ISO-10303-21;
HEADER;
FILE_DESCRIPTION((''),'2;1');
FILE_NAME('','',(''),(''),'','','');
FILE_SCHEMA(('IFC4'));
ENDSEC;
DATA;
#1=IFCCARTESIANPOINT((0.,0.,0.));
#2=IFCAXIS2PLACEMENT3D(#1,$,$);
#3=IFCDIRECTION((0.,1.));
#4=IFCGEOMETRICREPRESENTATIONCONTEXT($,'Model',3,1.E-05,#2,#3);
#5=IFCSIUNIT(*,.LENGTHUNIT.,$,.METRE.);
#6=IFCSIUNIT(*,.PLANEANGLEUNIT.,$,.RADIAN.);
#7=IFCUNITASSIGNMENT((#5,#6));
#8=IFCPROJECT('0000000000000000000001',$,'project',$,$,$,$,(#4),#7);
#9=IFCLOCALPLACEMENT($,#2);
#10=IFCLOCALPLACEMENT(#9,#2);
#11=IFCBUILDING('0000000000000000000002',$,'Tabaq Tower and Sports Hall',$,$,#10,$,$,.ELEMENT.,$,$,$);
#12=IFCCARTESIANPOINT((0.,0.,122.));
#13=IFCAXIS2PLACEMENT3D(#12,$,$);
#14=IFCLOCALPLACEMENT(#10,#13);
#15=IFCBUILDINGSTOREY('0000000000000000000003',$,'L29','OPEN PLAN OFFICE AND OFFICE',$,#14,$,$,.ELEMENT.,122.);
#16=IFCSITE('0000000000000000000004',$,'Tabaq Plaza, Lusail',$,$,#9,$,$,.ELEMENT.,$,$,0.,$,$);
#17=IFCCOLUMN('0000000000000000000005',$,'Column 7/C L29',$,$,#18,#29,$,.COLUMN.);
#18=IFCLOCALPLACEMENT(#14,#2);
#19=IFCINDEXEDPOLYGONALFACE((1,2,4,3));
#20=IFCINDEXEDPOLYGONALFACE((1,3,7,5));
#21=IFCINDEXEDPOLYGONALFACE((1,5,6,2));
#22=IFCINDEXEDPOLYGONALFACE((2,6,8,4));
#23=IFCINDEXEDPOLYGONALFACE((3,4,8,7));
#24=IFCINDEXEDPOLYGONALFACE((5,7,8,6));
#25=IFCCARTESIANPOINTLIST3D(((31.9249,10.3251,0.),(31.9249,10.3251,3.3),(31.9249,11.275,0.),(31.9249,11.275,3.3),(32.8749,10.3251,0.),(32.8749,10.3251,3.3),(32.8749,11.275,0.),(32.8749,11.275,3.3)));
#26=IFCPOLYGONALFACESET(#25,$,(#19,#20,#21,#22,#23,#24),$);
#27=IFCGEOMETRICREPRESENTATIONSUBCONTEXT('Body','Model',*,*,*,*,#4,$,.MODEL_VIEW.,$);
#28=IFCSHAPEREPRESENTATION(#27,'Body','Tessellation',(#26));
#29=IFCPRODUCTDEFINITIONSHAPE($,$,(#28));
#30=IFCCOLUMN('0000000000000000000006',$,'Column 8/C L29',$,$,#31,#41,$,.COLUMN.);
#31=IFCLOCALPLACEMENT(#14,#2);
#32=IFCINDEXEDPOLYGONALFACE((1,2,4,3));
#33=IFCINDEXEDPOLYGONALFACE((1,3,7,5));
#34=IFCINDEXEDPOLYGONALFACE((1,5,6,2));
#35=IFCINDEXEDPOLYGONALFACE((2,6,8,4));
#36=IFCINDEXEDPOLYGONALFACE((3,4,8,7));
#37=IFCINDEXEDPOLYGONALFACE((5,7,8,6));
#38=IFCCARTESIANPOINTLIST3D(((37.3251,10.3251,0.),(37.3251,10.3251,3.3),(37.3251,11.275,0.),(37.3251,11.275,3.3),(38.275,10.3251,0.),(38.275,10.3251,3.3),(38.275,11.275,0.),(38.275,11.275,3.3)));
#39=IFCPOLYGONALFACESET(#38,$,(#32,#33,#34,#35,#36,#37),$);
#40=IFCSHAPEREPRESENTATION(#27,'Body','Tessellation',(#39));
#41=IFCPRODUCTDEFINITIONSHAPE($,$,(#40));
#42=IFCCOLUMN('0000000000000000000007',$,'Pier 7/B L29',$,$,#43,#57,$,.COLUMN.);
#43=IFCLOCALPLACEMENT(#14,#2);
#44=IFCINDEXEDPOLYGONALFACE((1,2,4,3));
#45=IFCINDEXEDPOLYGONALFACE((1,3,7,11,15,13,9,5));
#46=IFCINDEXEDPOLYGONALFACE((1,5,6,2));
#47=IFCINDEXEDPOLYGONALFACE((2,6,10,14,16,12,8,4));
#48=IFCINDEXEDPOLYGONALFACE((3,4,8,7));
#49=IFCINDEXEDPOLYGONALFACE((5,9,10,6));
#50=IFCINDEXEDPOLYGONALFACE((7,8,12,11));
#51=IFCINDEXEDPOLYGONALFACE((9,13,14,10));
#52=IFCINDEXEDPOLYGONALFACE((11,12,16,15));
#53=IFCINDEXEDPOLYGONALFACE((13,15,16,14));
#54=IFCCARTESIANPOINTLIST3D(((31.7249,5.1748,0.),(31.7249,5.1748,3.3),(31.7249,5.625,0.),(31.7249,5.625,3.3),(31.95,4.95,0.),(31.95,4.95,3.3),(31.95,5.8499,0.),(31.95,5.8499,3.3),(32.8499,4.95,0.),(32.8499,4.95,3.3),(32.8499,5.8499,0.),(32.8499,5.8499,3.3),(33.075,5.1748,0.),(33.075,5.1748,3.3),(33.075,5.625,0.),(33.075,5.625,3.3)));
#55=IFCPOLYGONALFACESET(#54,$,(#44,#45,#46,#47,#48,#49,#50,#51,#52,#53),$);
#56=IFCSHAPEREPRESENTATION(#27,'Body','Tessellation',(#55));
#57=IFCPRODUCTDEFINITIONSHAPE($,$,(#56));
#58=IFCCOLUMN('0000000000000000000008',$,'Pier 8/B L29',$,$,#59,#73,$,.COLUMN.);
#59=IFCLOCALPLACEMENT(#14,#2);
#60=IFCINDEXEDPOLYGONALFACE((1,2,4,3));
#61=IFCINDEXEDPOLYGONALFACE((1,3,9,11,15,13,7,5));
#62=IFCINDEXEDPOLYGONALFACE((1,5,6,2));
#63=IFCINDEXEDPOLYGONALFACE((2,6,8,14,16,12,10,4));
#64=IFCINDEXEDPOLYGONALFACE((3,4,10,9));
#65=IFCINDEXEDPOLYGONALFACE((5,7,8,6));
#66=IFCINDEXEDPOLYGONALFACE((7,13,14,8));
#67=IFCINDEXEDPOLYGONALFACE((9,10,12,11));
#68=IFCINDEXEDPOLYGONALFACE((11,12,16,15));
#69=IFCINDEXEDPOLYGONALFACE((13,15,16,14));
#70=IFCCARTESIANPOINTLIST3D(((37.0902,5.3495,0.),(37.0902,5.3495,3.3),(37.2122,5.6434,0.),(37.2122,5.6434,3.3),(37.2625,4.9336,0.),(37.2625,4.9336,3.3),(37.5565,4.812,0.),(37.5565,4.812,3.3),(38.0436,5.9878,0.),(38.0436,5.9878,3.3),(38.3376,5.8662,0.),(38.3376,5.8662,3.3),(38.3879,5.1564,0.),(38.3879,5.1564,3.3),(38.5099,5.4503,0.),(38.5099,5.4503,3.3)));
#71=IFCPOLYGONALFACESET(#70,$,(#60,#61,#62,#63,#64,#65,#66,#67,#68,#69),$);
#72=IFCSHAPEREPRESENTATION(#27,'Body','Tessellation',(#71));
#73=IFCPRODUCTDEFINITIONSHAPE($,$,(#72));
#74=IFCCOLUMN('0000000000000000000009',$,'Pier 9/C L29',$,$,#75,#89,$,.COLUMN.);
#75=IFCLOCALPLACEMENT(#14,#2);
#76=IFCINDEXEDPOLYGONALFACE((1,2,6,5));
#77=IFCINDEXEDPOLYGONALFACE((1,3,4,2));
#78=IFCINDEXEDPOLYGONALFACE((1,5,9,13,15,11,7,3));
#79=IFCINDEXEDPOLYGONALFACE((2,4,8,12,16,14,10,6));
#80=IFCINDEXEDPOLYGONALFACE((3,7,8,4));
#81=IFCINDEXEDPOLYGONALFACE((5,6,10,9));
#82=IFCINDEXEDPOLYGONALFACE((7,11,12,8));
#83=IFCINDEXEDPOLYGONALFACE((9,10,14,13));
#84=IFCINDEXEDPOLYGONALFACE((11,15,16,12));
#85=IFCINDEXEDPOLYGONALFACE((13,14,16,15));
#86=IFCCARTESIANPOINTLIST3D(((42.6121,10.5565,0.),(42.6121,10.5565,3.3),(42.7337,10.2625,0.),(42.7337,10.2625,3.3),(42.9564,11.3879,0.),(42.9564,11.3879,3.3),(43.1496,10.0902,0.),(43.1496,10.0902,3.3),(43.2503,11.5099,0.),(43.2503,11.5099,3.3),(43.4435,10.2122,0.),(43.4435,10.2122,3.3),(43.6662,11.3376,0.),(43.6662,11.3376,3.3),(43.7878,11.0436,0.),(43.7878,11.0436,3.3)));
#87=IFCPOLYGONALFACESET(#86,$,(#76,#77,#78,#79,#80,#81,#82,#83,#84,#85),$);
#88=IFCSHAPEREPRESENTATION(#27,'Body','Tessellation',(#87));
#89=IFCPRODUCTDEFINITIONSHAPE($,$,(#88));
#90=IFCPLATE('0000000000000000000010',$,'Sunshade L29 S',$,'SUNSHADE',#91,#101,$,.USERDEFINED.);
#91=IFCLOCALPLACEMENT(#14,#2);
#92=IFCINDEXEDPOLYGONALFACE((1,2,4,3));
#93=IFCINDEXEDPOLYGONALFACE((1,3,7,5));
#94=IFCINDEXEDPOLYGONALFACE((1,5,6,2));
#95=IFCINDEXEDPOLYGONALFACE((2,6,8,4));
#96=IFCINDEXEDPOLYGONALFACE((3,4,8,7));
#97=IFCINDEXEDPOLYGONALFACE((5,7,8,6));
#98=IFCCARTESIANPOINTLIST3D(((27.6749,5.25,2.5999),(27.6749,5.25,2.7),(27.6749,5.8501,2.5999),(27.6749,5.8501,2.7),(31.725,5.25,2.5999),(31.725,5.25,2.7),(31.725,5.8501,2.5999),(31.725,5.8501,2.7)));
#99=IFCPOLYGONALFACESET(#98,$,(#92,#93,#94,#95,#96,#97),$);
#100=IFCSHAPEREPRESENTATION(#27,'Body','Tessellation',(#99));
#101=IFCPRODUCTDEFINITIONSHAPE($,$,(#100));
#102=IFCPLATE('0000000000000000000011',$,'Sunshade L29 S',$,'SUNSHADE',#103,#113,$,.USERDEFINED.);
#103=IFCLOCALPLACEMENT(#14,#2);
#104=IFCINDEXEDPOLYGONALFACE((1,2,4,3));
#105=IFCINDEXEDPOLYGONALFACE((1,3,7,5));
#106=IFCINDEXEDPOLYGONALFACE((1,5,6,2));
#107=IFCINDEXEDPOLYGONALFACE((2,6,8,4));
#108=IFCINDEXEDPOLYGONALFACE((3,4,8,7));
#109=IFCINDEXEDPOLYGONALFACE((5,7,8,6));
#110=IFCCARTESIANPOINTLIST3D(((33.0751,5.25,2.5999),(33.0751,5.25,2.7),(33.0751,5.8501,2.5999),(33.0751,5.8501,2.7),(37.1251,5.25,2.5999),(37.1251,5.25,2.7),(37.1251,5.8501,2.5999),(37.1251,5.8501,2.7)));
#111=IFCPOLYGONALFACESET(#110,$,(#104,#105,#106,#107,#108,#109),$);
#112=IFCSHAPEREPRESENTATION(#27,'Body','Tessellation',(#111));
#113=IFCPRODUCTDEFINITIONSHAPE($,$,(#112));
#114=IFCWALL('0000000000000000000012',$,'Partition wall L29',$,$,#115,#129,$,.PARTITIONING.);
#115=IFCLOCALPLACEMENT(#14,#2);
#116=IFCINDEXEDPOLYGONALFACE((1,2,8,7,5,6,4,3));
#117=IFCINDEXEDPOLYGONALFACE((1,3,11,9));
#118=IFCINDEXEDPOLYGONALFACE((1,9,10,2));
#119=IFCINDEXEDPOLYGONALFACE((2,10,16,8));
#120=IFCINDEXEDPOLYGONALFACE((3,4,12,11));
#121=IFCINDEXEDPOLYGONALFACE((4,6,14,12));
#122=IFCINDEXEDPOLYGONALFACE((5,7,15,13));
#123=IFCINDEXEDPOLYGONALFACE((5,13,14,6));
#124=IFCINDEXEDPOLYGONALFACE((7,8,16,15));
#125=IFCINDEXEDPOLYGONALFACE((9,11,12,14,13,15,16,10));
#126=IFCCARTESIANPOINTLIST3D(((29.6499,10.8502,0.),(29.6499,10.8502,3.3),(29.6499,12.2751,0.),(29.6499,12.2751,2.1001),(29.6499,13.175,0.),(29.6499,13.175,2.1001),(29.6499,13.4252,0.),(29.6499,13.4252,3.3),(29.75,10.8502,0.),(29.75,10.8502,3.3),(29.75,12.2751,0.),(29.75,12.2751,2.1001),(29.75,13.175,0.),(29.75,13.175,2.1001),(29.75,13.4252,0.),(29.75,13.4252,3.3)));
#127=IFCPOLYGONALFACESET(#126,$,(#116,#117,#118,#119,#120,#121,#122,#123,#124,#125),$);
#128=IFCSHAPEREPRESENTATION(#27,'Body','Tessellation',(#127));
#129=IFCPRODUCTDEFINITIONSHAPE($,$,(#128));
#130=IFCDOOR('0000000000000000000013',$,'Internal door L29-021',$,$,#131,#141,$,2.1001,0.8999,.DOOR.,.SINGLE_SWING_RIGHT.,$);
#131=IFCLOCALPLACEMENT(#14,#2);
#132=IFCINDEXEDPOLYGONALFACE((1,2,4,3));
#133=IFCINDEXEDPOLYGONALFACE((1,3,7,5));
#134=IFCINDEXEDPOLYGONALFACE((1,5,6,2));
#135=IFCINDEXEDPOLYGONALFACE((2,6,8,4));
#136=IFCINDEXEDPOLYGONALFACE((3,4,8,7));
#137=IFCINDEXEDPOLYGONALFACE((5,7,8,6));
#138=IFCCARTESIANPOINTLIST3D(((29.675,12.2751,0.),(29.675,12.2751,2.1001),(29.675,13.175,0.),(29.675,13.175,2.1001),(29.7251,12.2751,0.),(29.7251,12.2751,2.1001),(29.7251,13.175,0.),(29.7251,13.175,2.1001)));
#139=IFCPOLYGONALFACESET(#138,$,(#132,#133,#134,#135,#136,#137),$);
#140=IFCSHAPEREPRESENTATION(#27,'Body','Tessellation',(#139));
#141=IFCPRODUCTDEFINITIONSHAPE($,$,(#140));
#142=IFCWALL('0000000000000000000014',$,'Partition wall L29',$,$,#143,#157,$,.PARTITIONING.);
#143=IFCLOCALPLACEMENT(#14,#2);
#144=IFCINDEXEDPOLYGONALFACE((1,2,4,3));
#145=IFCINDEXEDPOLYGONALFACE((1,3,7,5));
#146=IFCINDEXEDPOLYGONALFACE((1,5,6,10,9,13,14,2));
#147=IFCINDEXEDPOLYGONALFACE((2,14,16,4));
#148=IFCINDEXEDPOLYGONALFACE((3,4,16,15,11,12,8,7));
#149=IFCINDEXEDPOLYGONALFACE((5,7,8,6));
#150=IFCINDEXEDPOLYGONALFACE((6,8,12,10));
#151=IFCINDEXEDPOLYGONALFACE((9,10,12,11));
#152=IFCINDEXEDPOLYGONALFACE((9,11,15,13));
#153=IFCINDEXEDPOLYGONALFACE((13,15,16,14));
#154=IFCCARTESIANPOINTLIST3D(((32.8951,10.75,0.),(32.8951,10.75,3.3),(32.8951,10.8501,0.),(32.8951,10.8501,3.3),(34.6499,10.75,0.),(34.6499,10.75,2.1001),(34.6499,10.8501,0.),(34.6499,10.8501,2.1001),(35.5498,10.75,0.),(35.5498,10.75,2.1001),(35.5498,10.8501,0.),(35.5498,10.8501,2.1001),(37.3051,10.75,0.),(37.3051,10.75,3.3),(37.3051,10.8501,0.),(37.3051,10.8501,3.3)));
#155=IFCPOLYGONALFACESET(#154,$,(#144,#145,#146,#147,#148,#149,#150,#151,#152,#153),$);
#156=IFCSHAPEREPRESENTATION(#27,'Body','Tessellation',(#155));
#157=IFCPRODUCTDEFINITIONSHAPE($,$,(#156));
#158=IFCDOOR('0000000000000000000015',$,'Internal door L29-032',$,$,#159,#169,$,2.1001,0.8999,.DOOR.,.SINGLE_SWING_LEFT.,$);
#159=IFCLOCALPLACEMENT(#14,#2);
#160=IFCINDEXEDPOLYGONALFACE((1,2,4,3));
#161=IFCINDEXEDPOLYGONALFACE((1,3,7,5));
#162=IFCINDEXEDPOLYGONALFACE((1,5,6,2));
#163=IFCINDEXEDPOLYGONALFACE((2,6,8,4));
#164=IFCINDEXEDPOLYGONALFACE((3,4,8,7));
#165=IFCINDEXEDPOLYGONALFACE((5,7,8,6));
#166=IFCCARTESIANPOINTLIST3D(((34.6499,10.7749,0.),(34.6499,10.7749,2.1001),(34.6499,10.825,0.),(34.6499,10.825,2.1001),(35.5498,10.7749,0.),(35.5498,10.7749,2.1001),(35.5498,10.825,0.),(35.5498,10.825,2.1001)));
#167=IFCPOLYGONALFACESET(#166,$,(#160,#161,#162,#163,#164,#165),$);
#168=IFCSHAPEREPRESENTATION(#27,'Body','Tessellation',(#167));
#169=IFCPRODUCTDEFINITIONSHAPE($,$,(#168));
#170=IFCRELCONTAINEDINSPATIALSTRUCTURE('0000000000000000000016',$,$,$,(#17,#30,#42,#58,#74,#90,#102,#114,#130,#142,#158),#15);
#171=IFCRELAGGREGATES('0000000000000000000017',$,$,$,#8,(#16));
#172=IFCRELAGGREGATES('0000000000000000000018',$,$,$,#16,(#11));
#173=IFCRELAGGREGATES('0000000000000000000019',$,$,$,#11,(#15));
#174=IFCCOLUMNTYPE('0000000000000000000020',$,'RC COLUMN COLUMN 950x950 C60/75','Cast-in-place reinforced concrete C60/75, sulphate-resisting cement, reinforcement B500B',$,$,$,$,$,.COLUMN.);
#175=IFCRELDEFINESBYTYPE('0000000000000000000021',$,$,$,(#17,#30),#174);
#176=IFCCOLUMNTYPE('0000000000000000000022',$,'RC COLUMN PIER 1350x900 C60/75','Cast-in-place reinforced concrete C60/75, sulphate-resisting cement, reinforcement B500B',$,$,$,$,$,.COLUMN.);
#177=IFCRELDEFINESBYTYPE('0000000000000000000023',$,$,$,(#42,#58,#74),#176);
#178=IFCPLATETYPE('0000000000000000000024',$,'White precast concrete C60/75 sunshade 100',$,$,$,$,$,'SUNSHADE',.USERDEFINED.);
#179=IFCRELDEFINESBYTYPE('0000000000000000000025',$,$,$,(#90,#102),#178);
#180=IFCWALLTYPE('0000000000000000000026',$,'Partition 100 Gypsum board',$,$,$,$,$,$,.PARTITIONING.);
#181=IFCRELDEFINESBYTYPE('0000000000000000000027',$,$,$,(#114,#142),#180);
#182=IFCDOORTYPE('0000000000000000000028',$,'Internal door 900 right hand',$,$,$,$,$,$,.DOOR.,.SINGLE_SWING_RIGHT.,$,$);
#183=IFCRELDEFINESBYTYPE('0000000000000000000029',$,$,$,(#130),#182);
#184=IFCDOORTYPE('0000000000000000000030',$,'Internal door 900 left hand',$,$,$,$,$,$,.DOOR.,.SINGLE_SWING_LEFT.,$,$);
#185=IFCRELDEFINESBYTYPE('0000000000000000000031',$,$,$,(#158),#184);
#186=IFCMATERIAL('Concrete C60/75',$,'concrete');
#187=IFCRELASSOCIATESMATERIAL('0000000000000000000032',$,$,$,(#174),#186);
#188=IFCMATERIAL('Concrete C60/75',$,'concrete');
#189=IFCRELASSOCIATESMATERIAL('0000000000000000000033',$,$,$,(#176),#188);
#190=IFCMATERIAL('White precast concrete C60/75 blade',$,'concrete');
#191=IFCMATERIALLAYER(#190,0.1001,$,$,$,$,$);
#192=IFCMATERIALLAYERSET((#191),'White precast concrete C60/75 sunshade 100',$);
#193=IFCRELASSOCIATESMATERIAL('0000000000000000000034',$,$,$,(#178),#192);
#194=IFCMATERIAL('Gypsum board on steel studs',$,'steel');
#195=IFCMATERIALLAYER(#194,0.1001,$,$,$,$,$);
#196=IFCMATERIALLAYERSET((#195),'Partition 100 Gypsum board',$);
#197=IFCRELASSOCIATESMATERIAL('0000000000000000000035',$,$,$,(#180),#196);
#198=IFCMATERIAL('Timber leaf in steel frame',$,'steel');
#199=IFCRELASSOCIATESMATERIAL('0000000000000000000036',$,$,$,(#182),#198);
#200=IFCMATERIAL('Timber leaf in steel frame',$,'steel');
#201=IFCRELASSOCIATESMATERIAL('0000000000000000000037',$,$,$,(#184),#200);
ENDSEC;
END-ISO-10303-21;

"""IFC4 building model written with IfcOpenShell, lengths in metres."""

from ifc_helpers import new_model, si_unit, direction, frame, frame_2d, origin, origin_2d, place, context, subcontext, project, spatial, polyline, rectangle, outline, extrude, material, layer, layer_set, material_profile, profile_set, type_object, element, fill, save


model = new_model("IFC4")

# Units and contexts
model_context = context("Model", 3, precision=1e-05, world=origin(), true_north=direction((0.0, 1.0)))
body_context = subcontext(model_context, "Body", "Model", "MODEL_VIEW")
ifc_project = project(units=[si_unit("LENGTHUNIT", "METRE"), si_unit("PLANEANGLEUNIT", "RADIAN")], contexts=[model_context])

# Site, building, storey
site_placement = place(None, origin())
site = spatial("IfcSite", under=ifc_project, at=site_placement, Name="Tabaq Plaza, Lusail", CompositionType="ELEMENT", RefElevation=0.0)
building_placement = place(site_placement, origin())
building = spatial("IfcBuilding", under=site, at=building_placement, Name="Tabaq Tower and Sports Hall", CompositionType="ELEMENT")
storey_placement = place(building_placement, frame((0.0, 0.0, 122.0)))
storey = spatial("IfcBuildingStorey", under=building, at=storey_placement, Name="L29", Description="OPEN PLAN OFFICE AND OFFICE", CompositionType="ELEMENT", Elevation=122.0)

# Columns
ifc_material_1 = material(Name="Concrete C60/75", Category="concrete")
ifc_material_profile_1 = material_profile(ifc_material_1, rectangle(XDim=0.95, YDim=0.95, at=origin_2d()), Name="COLUMN 950x950")
ifc_profile_set_1 = profile_set([ifc_material_profile_1], Name="Concrete C60/75")
column_type_1 = type_object("IfcColumnType", Name="RC COLUMN COLUMN 950x950 C60/75", Description="Cast-in-place reinforced concrete C60/75, sulphate-resisting cement, reinforcement B500B", PredefinedType="COLUMN", material=ifc_profile_set_1)
for number, where, z_axis, x_axis, name in (
    (1, (32.3999, 10.8, 0.0), (0.0, 0.0, 1.0), (1.0, 0.0, 0.0), "Column 7/C L29"),
    (2, (37.8, 10.8, 0.0), (0.0, 0.0, 1.0), (1.0, 0.0, 0.0), "Column 8/C L29"),
):
    element("IfcColumn", number, at=place(storey_placement, frame(where, z_axis=z_axis, x_axis=x_axis)), inside=storey, type_object=column_type_1, Name=name, PredefinedType="COLUMN", context=body_context, shape_type="SweptSolid", body=[
        extrude(rectangle(XDim=0.95, YDim=0.95, at=origin_2d()), origin(), (0.0, 0.0, 1.0), 3.3),
    ])
ifc_material_2 = material(Name="Concrete C60/75", Category="concrete")
ifc_material_profile_2 = material_profile(ifc_material_2, outline(polyline([(-0.45, -0.45), (0.45, -0.45), (0.675, -0.2251), (0.675, 0.2251), (0.45, 0.45), (-0.45, 0.45), (-0.675, 0.2251), (-0.675, -0.2251), (-0.45, -0.45)])), Name="PIER 1350x900")
ifc_profile_set_2 = profile_set([ifc_material_profile_2], Name="Concrete C60/75")
column_type_2 = type_object("IfcColumnType", Name="RC COLUMN PIER 1350x900 C60/75", Description="Cast-in-place reinforced concrete C60/75, sulphate-resisting cement, reinforcement B500B", PredefinedType="COLUMN", material=ifc_profile_set_2)
for number, where, z_axis, x_axis, name in (
    (3, (32.3999, 5.3999, 0.0), (0.0, 0.0, 1.0), (1.0, 0.0, 0.0), "Pier 7/B L29"),
    (4, (37.8, 5.3999, 0.0), (0.0, 0.0, 1.0), (0.92388, 0.382683, 0.0), "Pier 8/B L29"),
    (5, (43.2, 10.8, 0.0), (0.0, 0.0, 1.0), (0.382683, 0.92388, 0.0), "Pier 9/C L29"),
):
    element("IfcColumn", number, at=place(storey_placement, frame(where, z_axis=z_axis, x_axis=x_axis)), inside=storey, type_object=column_type_2, Name=name, PredefinedType="COLUMN", context=body_context, shape_type="SweptSolid", body=[
        extrude(outline(polyline([(-0.45, -0.45), (0.45, -0.45), (0.675, -0.2251), (0.675, 0.2251), (0.45, 0.45), (-0.45, 0.45), (-0.675, 0.2251), (-0.675, -0.2251), (-0.45, -0.45)])), origin(), (0.0, 0.0, 1.0), 3.3),
    ])

# Plates
ifc_material_3 = material(Name="White precast concrete C60/75 blade", Category="concrete")
ifc_layer_1 = layer(ifc_material_3, 0.1001)
ifc_layer_set_1 = layer_set([ifc_layer_1], Name="White precast concrete C60/75 sunshade 100")
plate_type = type_object("IfcPlateType", Name="White precast concrete C60/75 sunshade 100", ElementType="SUNSHADE", PredefinedType="USERDEFINED", material=ifc_layer_set_1)
for number, where, z_axis, x_axis, name in (
    (6, (29.7, 5.55, 2.5999), (0.0, 0.0, 1.0), (1.0, 0.0, 0.0), "Sunshade L29 S"),
    (7, (35.1001, 5.55, 2.5999), (0.0, 0.0, 1.0), (1.0, 0.0, 0.0), "Sunshade L29 S"),
):
    element("IfcPlate", number, at=place(storey_placement, frame(where, z_axis=z_axis, x_axis=x_axis)), inside=storey, type_object=plate_type, Name=name, ObjectType="SUNSHADE", PredefinedType="USERDEFINED", context=body_context, shape_type="SweptSolid", body=[
        extrude(rectangle(XDim=4.05, YDim=0.6001, at=origin_2d()), origin(), (0.0, 0.0, 1.0), 0.1001),
    ])

# Walls, openings, doors
ifc_material_4 = material(Name="Gypsum board on steel studs", Category="steel")
ifc_layer_2 = layer(ifc_material_4, 0.1001)
ifc_layer_set_2 = layer_set([ifc_layer_2], Name="Partition 100 Gypsum board")
wall_type_1 = type_object("IfcWallType", Name="Partition 100 Gypsum board", PredefinedType="PARTITIONING", material=ifc_layer_set_2)
wall_1_placement = place(storey_placement, frame((29.7, 10.8501, 0.0), z_axis=(0.0, 0.0, 1.0), x_axis=(0.0, 1.0, 0.0)))
wall_1 = element("IfcWall", 8, at=wall_1_placement, inside=storey, type_object=wall_type_1, Name="Partition wall L29", PredefinedType="PARTITIONING", context=body_context, shape_type="SweptSolid", body=[
    extrude(rectangle(XDim=2.575, YDim=0.1001, at=frame_2d((1.2876, 0.0))), origin(), (0.0, 0.0, 1.0), 3.3),
])
opening_1_placement = place(wall_1_placement, frame((1.425, 0.0, 0.0)))
opening_1 = element("IfcOpeningElement", 9, at=opening_1_placement, cuts=wall_1, PredefinedType="OPENING", context=body_context, shape_type="SweptSolid", body=[
    extrude(rectangle(XDim=0.8999, YDim=2.1001, at=frame_2d((0.45, 1.05))), frame((0.0, 0.05, 0.0), z_axis=(0.0, -1.0, 0.0), x_axis=(1.0, 0.0, 0.0)), (0.0, 0.0, 1.0), 0.1001),
])
ifc_material_5 = material(Name="Timber leaf in steel frame", Category="steel")
door_type_1 = type_object("IfcDoorType", Name="Internal door 900 right hand", OperationType="SINGLE_SWING_RIGHT", PredefinedType="DOOR", material=ifc_material_5)
door_1_placement = place(opening_1_placement, origin())
door_1 = element("IfcDoor", 10, at=door_1_placement, inside=storey, type_object=door_type_1, Name="Internal door L29-021", OperationType="SINGLE_SWING_RIGHT", OverallHeight=2.1001, OverallWidth=0.8999, PredefinedType="DOOR", context=body_context, shape_type="SweptSolid", body=[
    extrude(rectangle(XDim=0.8999, YDim=2.1001, at=frame_2d((0.45, 1.05))), frame((0.0, 0.0249, 0.0), z_axis=(0.0, -1.0, 0.0), x_axis=(1.0, 0.0, 0.0)), (0.0, 0.0, 1.0), 0.05),
])
fill(opening_1, door_1)
wall_2_placement = place(storey_placement, frame((32.895, 10.8, 0.0), z_axis=(0.0, 0.0, 1.0), x_axis=(1.0, 0.0, 0.0)))
wall_2 = element("IfcWall", 11, at=wall_2_placement, inside=storey, type_object=wall_type_1, Name="Partition wall L29", PredefinedType="PARTITIONING", context=body_context, shape_type="SweptSolid", body=[
    extrude(rectangle(XDim=4.4099, YDim=0.1001, at=frame_2d((2.2051, 0.0))), origin(), (0.0, 0.0, 1.0), 3.3),
])
opening_2_placement = place(wall_2_placement, frame((1.7549, 0.0, 0.0)))
opening_2 = element("IfcOpeningElement", 12, at=opening_2_placement, cuts=wall_2, PredefinedType="OPENING", context=body_context, shape_type="SweptSolid", body=[
    extrude(rectangle(XDim=0.8999, YDim=2.1001, at=frame_2d((0.45, 1.05))), frame((0.0, 0.05, 0.0), z_axis=(0.0, -1.0, 0.0), x_axis=(1.0, 0.0, 0.0)), (0.0, 0.0, 1.0), 0.1001),
])
ifc_material_6 = material(Name="Timber leaf in steel frame", Category="steel")
door_type_2 = type_object("IfcDoorType", Name="Internal door 900 left hand", OperationType="SINGLE_SWING_LEFT", PredefinedType="DOOR", material=ifc_material_6)
door_2_placement = place(opening_2_placement, origin())
door_2 = element("IfcDoor", 13, at=door_2_placement, inside=storey, type_object=door_type_2, Name="Internal door L29-032", OperationType="SINGLE_SWING_LEFT", OverallHeight=2.1001, OverallWidth=0.8999, PredefinedType="DOOR", context=body_context, shape_type="SweptSolid", body=[
    extrude(rectangle(XDim=0.8999, YDim=2.1001, at=frame_2d((0.45, 1.05))), frame((0.0, 0.0249, 0.0), z_axis=(0.0, -1.0, 0.0), x_axis=(1.0, 0.0, 0.0)), (0.0, 0.0, 1.0), 0.05),
])
fill(opening_2, door_2)

save(model, "model.ifc")
